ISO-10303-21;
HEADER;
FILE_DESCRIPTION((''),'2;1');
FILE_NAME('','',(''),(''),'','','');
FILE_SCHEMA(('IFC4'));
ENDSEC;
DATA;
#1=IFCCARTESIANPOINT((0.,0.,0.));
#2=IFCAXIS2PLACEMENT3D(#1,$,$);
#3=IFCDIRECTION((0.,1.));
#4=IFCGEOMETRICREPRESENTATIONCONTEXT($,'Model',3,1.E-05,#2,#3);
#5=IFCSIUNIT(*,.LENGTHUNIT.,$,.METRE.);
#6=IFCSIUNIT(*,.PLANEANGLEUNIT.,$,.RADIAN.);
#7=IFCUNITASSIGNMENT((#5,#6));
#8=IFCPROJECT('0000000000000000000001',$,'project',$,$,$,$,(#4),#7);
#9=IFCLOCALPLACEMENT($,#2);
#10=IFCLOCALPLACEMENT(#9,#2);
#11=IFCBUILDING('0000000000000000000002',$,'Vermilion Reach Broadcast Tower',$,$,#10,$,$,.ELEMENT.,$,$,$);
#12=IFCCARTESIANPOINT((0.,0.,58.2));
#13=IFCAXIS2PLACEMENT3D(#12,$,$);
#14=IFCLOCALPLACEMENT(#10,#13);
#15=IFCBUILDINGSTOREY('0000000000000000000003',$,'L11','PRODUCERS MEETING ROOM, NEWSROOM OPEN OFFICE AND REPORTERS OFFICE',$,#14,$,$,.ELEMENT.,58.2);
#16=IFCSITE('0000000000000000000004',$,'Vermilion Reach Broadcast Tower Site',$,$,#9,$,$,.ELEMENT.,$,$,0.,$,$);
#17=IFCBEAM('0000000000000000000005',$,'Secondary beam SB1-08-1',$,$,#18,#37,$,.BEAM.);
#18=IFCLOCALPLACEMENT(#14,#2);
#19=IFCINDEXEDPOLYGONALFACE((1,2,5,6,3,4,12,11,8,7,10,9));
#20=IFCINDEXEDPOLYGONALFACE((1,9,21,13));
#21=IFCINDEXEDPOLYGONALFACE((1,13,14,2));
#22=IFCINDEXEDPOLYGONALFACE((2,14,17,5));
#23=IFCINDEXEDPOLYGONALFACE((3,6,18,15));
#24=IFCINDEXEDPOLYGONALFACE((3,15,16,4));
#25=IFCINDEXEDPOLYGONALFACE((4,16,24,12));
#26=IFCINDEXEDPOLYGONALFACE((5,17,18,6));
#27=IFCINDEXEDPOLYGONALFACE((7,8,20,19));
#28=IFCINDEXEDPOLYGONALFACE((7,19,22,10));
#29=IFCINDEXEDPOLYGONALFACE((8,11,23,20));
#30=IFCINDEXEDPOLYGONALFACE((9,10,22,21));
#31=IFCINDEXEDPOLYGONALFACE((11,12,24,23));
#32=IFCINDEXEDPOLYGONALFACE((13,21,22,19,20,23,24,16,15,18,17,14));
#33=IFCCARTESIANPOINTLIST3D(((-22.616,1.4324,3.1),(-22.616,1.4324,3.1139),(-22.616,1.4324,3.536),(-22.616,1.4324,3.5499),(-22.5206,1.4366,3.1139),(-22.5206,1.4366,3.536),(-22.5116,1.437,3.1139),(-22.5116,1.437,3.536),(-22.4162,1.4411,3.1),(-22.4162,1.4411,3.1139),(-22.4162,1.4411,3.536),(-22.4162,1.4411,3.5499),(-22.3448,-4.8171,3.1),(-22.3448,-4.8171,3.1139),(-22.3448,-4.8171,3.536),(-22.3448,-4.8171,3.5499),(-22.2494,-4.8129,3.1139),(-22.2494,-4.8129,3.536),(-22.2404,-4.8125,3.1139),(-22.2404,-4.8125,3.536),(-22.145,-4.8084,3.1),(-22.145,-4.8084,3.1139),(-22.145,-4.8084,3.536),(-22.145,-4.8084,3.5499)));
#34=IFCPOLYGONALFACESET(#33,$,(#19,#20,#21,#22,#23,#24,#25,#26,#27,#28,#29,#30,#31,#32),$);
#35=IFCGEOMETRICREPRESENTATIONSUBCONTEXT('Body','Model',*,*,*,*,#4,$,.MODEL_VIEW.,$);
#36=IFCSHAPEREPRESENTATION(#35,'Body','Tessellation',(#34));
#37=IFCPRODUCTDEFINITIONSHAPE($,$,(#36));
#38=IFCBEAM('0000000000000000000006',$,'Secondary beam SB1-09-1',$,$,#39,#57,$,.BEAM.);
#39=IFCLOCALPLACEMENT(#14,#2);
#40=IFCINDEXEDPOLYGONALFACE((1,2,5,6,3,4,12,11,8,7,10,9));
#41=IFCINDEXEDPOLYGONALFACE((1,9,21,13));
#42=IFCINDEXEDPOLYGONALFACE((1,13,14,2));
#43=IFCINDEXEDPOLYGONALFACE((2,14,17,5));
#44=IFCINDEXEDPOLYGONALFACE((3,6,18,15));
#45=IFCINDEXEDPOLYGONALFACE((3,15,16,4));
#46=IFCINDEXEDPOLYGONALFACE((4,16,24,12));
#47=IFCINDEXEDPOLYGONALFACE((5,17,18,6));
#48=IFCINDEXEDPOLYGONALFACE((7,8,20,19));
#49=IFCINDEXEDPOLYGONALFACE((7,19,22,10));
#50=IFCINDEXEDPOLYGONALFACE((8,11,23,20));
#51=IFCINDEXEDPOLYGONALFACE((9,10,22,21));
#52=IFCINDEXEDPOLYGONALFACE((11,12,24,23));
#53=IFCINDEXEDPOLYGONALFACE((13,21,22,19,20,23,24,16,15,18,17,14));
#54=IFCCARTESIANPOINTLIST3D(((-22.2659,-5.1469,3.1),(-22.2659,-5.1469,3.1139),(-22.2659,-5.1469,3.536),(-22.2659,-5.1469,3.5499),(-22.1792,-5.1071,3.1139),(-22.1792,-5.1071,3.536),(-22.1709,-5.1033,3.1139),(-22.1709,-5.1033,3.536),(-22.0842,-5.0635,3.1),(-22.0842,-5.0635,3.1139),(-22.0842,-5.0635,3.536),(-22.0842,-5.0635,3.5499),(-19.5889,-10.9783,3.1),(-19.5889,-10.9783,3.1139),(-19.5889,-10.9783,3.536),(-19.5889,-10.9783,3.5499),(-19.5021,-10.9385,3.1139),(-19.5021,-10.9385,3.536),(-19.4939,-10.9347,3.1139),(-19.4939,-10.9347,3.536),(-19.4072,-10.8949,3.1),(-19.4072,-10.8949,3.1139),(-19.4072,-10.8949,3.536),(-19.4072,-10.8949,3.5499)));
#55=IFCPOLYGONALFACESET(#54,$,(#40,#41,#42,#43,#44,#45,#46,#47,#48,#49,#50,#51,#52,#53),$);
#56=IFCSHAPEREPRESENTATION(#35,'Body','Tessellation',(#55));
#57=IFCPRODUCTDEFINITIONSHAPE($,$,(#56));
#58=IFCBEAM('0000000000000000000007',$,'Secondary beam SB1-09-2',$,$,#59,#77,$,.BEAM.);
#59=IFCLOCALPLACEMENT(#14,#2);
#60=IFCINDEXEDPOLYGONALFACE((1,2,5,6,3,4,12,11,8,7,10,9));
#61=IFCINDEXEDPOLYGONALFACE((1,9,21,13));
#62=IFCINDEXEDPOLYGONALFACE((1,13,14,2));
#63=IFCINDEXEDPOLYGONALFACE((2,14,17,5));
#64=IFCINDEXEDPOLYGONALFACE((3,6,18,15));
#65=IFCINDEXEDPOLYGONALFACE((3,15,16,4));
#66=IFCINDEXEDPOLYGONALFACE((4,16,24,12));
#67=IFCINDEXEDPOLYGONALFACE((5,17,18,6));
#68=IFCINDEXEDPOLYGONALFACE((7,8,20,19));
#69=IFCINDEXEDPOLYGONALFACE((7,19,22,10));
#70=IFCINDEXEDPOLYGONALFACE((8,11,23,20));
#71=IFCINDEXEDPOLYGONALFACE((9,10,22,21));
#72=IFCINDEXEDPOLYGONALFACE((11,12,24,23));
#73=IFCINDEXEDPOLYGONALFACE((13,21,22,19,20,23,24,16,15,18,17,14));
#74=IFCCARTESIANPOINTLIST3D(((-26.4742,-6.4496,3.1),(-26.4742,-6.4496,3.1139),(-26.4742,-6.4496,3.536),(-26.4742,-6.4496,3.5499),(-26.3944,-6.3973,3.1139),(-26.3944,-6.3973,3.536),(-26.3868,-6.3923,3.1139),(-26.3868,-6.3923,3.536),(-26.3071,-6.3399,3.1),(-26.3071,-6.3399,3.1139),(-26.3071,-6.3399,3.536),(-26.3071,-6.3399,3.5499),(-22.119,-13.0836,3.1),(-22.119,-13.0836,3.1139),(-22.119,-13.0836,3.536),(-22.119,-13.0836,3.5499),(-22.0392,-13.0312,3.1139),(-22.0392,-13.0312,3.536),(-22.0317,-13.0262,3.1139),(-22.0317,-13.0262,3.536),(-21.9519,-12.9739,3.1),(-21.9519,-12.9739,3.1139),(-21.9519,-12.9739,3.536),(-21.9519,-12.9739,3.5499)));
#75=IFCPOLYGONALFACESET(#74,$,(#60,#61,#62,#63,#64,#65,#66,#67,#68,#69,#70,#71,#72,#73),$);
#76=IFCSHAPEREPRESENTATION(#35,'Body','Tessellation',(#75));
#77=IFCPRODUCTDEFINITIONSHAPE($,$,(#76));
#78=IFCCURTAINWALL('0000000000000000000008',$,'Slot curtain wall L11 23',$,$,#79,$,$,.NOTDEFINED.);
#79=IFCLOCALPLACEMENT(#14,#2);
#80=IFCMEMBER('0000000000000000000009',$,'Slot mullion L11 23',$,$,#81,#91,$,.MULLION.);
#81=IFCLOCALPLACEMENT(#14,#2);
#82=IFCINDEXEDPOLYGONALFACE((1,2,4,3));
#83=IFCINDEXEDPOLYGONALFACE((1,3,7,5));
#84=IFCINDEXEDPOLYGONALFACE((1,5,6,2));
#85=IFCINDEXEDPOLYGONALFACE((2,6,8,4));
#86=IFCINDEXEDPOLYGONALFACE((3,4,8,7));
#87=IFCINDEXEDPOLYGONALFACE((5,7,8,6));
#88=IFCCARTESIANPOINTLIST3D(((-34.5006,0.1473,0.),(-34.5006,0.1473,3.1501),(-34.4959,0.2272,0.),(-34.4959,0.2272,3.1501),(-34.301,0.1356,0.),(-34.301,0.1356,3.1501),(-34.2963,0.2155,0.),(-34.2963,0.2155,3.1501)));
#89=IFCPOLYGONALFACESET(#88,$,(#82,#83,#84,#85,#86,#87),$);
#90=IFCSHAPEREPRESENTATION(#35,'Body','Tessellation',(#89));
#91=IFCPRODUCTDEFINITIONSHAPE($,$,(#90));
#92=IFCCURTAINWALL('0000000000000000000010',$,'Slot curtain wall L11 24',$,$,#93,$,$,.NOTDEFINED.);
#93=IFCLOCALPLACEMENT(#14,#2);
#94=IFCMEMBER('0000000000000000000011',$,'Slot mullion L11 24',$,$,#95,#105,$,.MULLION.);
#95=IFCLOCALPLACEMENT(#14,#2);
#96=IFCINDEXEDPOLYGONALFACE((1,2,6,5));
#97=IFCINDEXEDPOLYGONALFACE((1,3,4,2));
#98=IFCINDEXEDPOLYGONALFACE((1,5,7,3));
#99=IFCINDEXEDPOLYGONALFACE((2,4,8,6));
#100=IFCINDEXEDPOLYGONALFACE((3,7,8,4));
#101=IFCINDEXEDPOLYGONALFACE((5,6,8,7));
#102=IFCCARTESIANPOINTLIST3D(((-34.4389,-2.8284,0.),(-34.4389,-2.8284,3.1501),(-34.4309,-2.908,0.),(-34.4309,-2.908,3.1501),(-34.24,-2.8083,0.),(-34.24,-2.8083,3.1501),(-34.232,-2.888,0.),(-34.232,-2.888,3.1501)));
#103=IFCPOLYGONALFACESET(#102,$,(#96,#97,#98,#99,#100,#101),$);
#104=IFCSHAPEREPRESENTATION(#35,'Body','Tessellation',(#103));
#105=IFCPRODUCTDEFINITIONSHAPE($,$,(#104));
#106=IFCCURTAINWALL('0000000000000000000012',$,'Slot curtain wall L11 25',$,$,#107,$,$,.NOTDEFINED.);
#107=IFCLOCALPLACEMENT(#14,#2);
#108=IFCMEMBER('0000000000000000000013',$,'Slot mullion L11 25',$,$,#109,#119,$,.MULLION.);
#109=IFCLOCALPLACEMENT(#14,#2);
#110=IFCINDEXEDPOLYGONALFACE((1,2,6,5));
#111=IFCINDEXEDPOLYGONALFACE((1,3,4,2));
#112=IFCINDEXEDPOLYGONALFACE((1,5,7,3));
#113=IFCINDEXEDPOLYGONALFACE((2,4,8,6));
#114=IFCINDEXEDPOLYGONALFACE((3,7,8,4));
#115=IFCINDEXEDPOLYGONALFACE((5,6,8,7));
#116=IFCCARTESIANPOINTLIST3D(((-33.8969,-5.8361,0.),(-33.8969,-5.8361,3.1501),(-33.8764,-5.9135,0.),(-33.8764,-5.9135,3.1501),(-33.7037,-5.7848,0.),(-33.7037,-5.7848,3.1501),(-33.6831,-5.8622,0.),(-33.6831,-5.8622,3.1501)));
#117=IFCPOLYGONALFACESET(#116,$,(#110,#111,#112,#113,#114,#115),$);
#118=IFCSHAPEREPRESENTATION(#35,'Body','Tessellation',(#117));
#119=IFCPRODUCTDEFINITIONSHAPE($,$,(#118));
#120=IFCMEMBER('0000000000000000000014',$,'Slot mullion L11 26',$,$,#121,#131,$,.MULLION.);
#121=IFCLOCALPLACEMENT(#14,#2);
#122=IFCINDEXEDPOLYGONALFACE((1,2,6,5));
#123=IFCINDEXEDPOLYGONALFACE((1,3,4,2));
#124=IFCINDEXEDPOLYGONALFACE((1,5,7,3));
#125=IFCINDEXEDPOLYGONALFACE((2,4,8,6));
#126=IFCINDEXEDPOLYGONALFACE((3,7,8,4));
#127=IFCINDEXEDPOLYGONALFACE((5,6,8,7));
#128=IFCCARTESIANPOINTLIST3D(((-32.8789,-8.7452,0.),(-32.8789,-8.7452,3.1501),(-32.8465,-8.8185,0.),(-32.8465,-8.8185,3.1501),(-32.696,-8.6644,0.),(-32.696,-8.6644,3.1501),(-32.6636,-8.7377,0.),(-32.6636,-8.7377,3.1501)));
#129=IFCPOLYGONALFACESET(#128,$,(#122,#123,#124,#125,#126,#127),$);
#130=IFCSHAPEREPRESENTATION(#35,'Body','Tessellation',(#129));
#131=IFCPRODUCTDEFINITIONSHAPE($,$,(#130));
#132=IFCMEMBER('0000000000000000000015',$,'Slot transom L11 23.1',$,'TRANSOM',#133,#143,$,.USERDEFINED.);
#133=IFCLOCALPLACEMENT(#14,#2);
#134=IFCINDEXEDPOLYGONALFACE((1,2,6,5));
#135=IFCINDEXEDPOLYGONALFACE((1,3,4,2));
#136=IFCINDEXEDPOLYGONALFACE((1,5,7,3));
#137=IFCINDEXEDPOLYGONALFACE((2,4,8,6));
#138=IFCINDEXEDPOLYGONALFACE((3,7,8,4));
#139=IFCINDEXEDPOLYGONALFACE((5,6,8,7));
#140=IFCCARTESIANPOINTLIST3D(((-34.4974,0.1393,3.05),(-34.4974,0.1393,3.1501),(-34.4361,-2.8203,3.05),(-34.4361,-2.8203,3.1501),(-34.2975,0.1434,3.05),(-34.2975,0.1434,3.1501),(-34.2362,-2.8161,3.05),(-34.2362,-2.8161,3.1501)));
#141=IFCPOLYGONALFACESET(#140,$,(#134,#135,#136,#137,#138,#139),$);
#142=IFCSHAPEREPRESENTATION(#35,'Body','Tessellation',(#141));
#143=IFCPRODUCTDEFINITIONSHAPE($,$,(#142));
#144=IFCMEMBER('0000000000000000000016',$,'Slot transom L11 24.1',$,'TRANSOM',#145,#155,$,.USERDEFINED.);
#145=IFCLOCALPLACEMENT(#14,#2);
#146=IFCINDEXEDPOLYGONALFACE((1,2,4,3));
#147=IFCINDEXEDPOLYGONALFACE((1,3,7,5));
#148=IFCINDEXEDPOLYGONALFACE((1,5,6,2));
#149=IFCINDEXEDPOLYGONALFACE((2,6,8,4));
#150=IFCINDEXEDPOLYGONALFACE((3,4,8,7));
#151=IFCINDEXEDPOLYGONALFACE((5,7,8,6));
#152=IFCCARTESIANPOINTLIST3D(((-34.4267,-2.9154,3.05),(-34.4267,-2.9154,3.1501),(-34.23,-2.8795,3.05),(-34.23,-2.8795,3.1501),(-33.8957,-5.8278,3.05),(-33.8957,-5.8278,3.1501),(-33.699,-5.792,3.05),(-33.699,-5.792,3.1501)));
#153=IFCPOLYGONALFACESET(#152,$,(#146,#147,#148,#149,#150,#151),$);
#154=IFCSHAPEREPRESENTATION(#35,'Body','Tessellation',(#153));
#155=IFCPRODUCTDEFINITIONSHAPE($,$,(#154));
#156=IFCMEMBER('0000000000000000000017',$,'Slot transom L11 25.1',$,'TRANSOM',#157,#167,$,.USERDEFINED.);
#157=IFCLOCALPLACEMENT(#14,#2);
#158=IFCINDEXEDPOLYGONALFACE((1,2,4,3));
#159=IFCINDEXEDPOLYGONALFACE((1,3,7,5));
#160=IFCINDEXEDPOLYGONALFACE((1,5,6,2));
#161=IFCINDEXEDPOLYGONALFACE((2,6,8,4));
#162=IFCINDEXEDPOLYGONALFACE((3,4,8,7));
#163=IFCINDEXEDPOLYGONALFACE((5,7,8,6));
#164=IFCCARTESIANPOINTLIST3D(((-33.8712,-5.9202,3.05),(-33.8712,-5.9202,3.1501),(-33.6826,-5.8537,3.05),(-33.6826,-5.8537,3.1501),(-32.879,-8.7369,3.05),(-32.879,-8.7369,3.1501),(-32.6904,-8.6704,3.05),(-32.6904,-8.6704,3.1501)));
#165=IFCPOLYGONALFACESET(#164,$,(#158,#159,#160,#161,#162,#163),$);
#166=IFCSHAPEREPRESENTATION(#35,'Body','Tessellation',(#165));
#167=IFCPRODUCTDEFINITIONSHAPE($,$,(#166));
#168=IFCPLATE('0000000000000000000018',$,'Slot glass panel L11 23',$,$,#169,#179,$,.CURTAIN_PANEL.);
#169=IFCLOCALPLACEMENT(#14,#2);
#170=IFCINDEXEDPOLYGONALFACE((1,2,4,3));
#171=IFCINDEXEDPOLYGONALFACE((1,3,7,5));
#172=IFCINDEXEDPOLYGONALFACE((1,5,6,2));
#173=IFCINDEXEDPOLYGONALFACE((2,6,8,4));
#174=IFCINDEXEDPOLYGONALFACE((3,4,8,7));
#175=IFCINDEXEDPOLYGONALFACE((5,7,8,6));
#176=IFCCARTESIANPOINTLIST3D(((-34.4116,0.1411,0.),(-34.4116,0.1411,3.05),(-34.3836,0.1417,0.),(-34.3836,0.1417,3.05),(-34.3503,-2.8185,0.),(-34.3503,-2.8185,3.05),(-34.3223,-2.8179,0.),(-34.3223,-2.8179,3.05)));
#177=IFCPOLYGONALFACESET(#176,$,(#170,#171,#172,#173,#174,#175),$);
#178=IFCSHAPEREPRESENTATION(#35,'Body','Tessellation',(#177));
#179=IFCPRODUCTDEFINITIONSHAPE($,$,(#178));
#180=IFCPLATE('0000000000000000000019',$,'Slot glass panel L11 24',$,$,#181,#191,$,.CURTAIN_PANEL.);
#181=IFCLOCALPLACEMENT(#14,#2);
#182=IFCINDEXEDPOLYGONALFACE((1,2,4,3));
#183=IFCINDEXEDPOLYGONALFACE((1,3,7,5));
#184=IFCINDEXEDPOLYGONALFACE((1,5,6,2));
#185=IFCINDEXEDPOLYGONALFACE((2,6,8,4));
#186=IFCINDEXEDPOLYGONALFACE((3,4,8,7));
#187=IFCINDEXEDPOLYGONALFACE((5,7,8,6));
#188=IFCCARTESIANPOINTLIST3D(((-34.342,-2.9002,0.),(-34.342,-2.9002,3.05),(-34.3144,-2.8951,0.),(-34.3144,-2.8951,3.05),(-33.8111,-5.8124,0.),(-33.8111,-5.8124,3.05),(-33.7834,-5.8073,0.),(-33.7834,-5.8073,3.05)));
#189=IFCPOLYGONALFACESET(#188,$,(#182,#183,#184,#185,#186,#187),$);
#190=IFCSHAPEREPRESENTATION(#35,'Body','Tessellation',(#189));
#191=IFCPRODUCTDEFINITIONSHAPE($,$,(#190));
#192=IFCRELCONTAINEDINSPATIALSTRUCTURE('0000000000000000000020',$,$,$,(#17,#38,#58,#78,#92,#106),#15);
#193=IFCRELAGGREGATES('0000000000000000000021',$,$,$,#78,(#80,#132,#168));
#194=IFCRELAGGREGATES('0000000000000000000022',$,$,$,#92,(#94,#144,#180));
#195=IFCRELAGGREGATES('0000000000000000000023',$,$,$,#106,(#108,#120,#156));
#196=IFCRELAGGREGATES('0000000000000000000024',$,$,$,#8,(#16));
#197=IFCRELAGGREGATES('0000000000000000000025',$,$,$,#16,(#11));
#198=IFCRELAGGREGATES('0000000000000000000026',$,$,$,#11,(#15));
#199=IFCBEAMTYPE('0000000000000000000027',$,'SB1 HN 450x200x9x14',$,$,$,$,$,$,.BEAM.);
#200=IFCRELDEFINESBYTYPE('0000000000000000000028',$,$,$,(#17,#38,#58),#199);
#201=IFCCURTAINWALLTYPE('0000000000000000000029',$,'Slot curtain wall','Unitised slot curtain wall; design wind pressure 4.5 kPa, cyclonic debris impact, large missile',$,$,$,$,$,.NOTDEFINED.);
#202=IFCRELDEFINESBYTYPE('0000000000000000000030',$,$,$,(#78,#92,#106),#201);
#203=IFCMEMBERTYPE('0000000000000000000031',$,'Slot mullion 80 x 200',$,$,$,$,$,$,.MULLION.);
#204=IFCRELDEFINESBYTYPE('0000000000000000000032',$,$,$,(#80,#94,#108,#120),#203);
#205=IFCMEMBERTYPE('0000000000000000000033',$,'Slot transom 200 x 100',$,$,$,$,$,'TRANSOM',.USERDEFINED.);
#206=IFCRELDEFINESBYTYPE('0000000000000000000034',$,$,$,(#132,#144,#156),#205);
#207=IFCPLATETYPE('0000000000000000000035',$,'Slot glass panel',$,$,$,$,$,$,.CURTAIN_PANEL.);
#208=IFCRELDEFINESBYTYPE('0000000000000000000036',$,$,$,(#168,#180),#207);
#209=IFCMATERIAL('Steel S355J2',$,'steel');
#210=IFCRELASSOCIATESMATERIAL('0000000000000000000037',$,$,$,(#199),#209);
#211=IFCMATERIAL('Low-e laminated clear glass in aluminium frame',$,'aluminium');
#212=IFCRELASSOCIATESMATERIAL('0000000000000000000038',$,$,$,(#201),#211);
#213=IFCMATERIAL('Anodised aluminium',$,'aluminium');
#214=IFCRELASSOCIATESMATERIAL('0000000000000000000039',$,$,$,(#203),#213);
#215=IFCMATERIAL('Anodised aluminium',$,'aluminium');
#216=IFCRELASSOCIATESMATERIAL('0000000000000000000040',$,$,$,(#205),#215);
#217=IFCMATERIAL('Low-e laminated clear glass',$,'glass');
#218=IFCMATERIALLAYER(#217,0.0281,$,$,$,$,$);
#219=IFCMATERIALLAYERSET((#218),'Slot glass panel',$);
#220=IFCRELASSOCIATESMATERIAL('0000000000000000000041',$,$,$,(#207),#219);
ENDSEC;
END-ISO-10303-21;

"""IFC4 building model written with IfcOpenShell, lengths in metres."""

from ifc_helpers import new_model, si_unit, direction, frame, origin, origin_2d, place, context, subcontext, project, spatial, rectangle, i_section, extrude, material, layer, layer_set, material_profile, profile_set, type_object, element, aggregate, save


model = new_model("IFC4")

# Units and contexts
model_context = context("Model", 3, precision=1e-05, world=origin(), true_north=direction((0.0, 1.0)))
body_context = subcontext(model_context, "Body", "Model", "MODEL_VIEW")
ifc_project = project(units=[si_unit("LENGTHUNIT", "METRE"), si_unit("PLANEANGLEUNIT", "RADIAN")], contexts=[model_context])

# Site, building, storey
site_placement = place(None, origin())
site = spatial("IfcSite", under=ifc_project, at=site_placement, Name="Vermilion Reach Broadcast Tower Site", CompositionType="ELEMENT", RefElevation=0.0)
building_placement = place(site_placement, origin())
building = spatial("IfcBuilding", under=site, at=building_placement, Name="Vermilion Reach Broadcast Tower", CompositionType="ELEMENT")
storey_placement = place(building_placement, frame((0.0, 0.0, 58.2)))
storey = spatial("IfcBuildingStorey", under=building, at=storey_placement, Name="L11", Description="PRODUCERS MEETING ROOM, NEWSROOM OPEN OFFICE AND REPORTERS OFFICE", CompositionType="ELEMENT", Elevation=58.2)

# Beams
ifc_material_1 = material(Name="Steel S355J2", Category="steel")
ifc_material_profile_1 = material_profile(ifc_material_1, i_section(OverallWidth=0.2, OverallDepth=0.45, WebThickness=0.009, FlangeThickness=0.0139, at=origin_2d()), Name="S355J2 HN 450x200x9x14")
ifc_profile_set_1 = profile_set([ifc_material_profile_1], Name="Steel S355J2")
beam_type_1 = type_object("IfcBeamType", Name="SB1 HN 450x200x9x14", PredefinedType="BEAM", material=ifc_profile_set_1)
beam_1_placement = place(storey_placement, frame((-22.5161, 1.4368, 3.325), z_axis=(0.043361, -0.999059, 0.0), x_axis=(0.999059, 0.043361, 0.0)))
element("IfcBeam", 1, at=beam_1_placement, inside=storey, type_object=beam_type_1, Name="Secondary beam SB1-08-1", PredefinedType="BEAM", context=body_context, shape_type="SweptSolid", body=[
    extrude(i_section(OverallWidth=0.2, OverallDepth=0.45, WebThickness=0.009, FlangeThickness=0.0139, at=origin_2d()), origin(), (0.0, 0.0, 1.0), 6.2554),
])
beam_2_placement = place(storey_placement, frame((-22.175, -5.1052, 3.325), z_axis=(0.417211, -0.908809, 0.0), x_axis=(0.908809, 0.417211, 0.0)))
element("IfcBeam", 2, at=beam_2_placement, inside=storey, type_object=beam_type_1, Name="Secondary beam SB1-09-1", PredefinedType="BEAM", context=body_context, shape_type="SweptSolid", body=[
    extrude(i_section(OverallWidth=0.2, OverallDepth=0.45, WebThickness=0.009, FlangeThickness=0.0139, at=origin_2d()), origin(), (0.0, 0.0, 1.0), 6.4165),
])
beam_3_placement = place(storey_placement, frame((-26.3906, -6.3948, 3.325), z_axis=(0.548801, -0.835953, 0.0), x_axis=(0.835953, 0.548801, 0.0)))
element("IfcBeam", 3, at=beam_3_placement, inside=storey, type_object=beam_type_1, Name="Secondary beam SB1-09-2", PredefinedType="BEAM", context=body_context, shape_type="SweptSolid", body=[
    extrude(i_section(OverallWidth=0.2, OverallDepth=0.45, WebThickness=0.009, FlangeThickness=0.0139, at=origin_2d()), origin(), (0.0, 0.0, 1.0), 7.9358),
])

# Curtain walls, members
ifc_material_2 = material(Name="Low-e laminated clear glass in aluminium frame", Category="aluminium")
curtain_wall_type = type_object("IfcCurtainWallType", Name="Slot curtain wall", Description="Unitised slot curtain wall; design wind pressure 4.5 kPa, cyclonic debris impact, large missile", PredefinedType="NOTDEFINED", material=ifc_material_2)
placement = place(storey_placement, origin())
curtain_wall_1 = element("IfcCurtainWall", 4, at=placement, inside=storey, type_object=curtain_wall_type, Name="Slot curtain wall L11 23", PredefinedType="NOTDEFINED")
ifc_material_3 = material(Name="Anodised aluminium", Category="aluminium")
ifc_material_profile_2 = material_profile(ifc_material_3, rectangle(XDim=0.2, YDim=0.0801, at=origin_2d()), Name="Slot mullion 80 x 200")
ifc_profile_set_2 = profile_set([ifc_material_profile_2], Name="Anodised aluminium")
member_type_1 = type_object("IfcMemberType", Name="Slot mullion 80 x 200", PredefinedType="MULLION", material=ifc_profile_set_2)
member_1_placement = place(storey_placement, frame((-34.3984, 0.1814, 0.0), z_axis=(0.0, 0.0, 1.0), x_axis=(0.998292, -0.058416, 0.0)))
member_1 = element("IfcMember", 5, at=member_1_placement, type_object=member_type_1, Name="Slot mullion L11 23", PredefinedType="MULLION", context=body_context, shape_type="SweptSolid", body=[
    extrude(rectangle(XDim=0.2, YDim=0.0801, at=origin_2d()), origin(), (0.0, 0.0, 1.0), 3.1501),
])
curtain_wall_2 = element("IfcCurtainWall", 6, at=placement, inside=storey, type_object=curtain_wall_type, Name="Slot curtain wall L11 24", PredefinedType="NOTDEFINED")
member_2_placement = place(storey_placement, frame((-34.3354, -2.8582, 0.0), z_axis=(0.0, 0.0, 1.0), x_axis=(0.994951, 0.100362, 0.0)))
member_2 = element("IfcMember", 7, at=member_2_placement, type_object=member_type_1, Name="Slot mullion L11 24", PredefinedType="MULLION", context=body_context, shape_type="SweptSolid", body=[
    extrude(rectangle(XDim=0.2, YDim=0.0801, at=origin_2d()), origin(), (0.0, 0.0, 1.0), 3.1501),
])

# Curtain wall, members
curtain_wall_3 = element("IfcCurtainWall", 8, at=placement, inside=storey, type_object=curtain_wall_type, Name="Slot curtain wall L11 25", PredefinedType="NOTDEFINED")
member_3_placement = place(storey_placement, frame((-33.79, -5.8491, 0.0), z_axis=(0.0, 0.0, 1.0), x_axis=(0.966516, 0.256608, 0.0)))
member_3 = element("IfcMember", 9, at=member_3_placement, type_object=member_type_1, Name="Slot mullion L11 25", PredefinedType="MULLION", context=body_context, shape_type="SweptSolid", body=[
    extrude(rectangle(XDim=0.2, YDim=0.0801, at=origin_2d()), origin(), (0.0, 0.0, 1.0), 3.1501),
])
member_4_placement = place(storey_placement, frame((-32.7712, -8.7415, 0.0), z_axis=(0.0, 0.0, 1.0), x_axis=(0.914724, 0.404079, 0.0)))
member_4 = element("IfcMember", 10, at=member_4_placement, type_object=member_type_1, Name="Slot mullion L11 26", PredefinedType="MULLION", context=body_context, shape_type="SweptSolid", body=[
    extrude(rectangle(XDim=0.2, YDim=0.0801, at=origin_2d()), origin(), (0.0, 0.0, 1.0), 3.1501),
])

# Members
ifc_material_4 = material(Name="Anodised aluminium", Category="aluminium")
ifc_material_profile_3 = material_profile(ifc_material_4, rectangle(XDim=0.2, YDim=0.1001, at=origin_2d()), Name="Slot transom 200 x 100")
ifc_profile_set_3 = profile_set([ifc_material_profile_3], Name="Anodised aluminium")
member_type_2 = type_object("IfcMemberType", Name="Slot transom 200 x 100", ElementType="TRANSOM", PredefinedType="USERDEFINED", material=ifc_profile_set_3)
member_5_placement = place(storey_placement, frame((-34.3975, 0.1414, 3.1001), z_axis=(0.020702, -0.999786, 0.0), x_axis=(0.999786, 0.020702, 0.0)))
member_5 = element("IfcMember", 11, at=member_5_placement, type_object=member_type_2, Name="Slot transom L11 23.1", ObjectType="TRANSOM", PredefinedType="USERDEFINED", context=body_context, shape_type="SweptSolid", body=[
    extrude(rectangle(XDim=0.2, YDim=0.1001, at=origin_2d()), origin(), (0.0, 0.0, 1.0), 2.9602),
])
member_6_placement = place(storey_placement, frame((-34.3284, -2.8975, 3.1001), z_axis=(0.179372, -0.983781, 0.0), x_axis=(0.983781, 0.179372, 0.0)))
member_6 = element("IfcMember", 12, at=member_6_placement, type_object=member_type_2, Name="Slot transom L11 24.1", ObjectType="TRANSOM", PredefinedType="USERDEFINED", context=body_context, shape_type="SweptSolid", body=[
    extrude(rectangle(XDim=0.2, YDim=0.1001, at=origin_2d()), origin(), (0.0, 0.0, 1.0), 2.9604),
])
member_7_placement = place(storey_placement, frame((-33.7769, -5.887, 3.1001), z_axis=(0.332247, -0.943192, 0.0), x_axis=(0.943192, 0.332247, 0.0)))
member_7 = element("IfcMember", 13, at=member_7_placement, type_object=member_type_2, Name="Slot transom L11 25.1", ObjectType="TRANSOM", PredefinedType="USERDEFINED", context=body_context, shape_type="SweptSolid", body=[
    extrude(rectangle(XDim=0.2, YDim=0.1001, at=origin_2d()), origin(), (0.0, 0.0, 1.0), 2.9863),
])

# Plates
ifc_material_5 = material(Name="Low-e laminated clear glass", Category="glass")
ifc_layer_1 = layer(ifc_material_5, 0.0281)
ifc_layer_set_1 = layer_set([ifc_layer_1], Name="Slot glass panel")
plate_type = type_object("IfcPlateType", Name="Slot glass panel", PredefinedType="CURTAIN_PANEL", material=ifc_layer_set_1)
plate_1_placement = place(storey_placement, frame((-34.3669, -1.3384, 0.0), z_axis=(0.0, 0.0, 1.0), x_axis=(0.020712, -0.999785, 0.0)))
plate_1 = element("IfcPlate", 14, at=plate_1_placement, type_object=plate_type, Name="Slot glass panel L11 23", PredefinedType="CURTAIN_PANEL", context=body_context, shape_type="SweptSolid", body=[
    extrude(rectangle(XDim=2.9602, YDim=0.0281, at=origin_2d()), origin(), (0.0, 0.0, 1.0), 3.05),
])
aggregate(curtain_wall_1, [member_1, member_5, plate_1])
plate_2_placement = place(storey_placement, frame((-34.0627, -4.3538, 0.0), z_axis=(0.0, 0.0, 1.0), x_axis=(0.179373, -0.983781, 0.0)))
plate_2 = element("IfcPlate", 15, at=plate_2_placement, type_object=plate_type, Name="Slot glass panel L11 24", PredefinedType="CURTAIN_PANEL", context=body_context, shape_type="SweptSolid", body=[
    extrude(rectangle(XDim=2.9602, YDim=0.0281, at=origin_2d()), origin(), (0.0, 0.0, 1.0), 3.05),
])
aggregate(curtain_wall_2, [member_2, member_6, plate_2])
aggregate(curtain_wall_3, [member_3, member_4, member_7])

save(model, "model.ifc")
